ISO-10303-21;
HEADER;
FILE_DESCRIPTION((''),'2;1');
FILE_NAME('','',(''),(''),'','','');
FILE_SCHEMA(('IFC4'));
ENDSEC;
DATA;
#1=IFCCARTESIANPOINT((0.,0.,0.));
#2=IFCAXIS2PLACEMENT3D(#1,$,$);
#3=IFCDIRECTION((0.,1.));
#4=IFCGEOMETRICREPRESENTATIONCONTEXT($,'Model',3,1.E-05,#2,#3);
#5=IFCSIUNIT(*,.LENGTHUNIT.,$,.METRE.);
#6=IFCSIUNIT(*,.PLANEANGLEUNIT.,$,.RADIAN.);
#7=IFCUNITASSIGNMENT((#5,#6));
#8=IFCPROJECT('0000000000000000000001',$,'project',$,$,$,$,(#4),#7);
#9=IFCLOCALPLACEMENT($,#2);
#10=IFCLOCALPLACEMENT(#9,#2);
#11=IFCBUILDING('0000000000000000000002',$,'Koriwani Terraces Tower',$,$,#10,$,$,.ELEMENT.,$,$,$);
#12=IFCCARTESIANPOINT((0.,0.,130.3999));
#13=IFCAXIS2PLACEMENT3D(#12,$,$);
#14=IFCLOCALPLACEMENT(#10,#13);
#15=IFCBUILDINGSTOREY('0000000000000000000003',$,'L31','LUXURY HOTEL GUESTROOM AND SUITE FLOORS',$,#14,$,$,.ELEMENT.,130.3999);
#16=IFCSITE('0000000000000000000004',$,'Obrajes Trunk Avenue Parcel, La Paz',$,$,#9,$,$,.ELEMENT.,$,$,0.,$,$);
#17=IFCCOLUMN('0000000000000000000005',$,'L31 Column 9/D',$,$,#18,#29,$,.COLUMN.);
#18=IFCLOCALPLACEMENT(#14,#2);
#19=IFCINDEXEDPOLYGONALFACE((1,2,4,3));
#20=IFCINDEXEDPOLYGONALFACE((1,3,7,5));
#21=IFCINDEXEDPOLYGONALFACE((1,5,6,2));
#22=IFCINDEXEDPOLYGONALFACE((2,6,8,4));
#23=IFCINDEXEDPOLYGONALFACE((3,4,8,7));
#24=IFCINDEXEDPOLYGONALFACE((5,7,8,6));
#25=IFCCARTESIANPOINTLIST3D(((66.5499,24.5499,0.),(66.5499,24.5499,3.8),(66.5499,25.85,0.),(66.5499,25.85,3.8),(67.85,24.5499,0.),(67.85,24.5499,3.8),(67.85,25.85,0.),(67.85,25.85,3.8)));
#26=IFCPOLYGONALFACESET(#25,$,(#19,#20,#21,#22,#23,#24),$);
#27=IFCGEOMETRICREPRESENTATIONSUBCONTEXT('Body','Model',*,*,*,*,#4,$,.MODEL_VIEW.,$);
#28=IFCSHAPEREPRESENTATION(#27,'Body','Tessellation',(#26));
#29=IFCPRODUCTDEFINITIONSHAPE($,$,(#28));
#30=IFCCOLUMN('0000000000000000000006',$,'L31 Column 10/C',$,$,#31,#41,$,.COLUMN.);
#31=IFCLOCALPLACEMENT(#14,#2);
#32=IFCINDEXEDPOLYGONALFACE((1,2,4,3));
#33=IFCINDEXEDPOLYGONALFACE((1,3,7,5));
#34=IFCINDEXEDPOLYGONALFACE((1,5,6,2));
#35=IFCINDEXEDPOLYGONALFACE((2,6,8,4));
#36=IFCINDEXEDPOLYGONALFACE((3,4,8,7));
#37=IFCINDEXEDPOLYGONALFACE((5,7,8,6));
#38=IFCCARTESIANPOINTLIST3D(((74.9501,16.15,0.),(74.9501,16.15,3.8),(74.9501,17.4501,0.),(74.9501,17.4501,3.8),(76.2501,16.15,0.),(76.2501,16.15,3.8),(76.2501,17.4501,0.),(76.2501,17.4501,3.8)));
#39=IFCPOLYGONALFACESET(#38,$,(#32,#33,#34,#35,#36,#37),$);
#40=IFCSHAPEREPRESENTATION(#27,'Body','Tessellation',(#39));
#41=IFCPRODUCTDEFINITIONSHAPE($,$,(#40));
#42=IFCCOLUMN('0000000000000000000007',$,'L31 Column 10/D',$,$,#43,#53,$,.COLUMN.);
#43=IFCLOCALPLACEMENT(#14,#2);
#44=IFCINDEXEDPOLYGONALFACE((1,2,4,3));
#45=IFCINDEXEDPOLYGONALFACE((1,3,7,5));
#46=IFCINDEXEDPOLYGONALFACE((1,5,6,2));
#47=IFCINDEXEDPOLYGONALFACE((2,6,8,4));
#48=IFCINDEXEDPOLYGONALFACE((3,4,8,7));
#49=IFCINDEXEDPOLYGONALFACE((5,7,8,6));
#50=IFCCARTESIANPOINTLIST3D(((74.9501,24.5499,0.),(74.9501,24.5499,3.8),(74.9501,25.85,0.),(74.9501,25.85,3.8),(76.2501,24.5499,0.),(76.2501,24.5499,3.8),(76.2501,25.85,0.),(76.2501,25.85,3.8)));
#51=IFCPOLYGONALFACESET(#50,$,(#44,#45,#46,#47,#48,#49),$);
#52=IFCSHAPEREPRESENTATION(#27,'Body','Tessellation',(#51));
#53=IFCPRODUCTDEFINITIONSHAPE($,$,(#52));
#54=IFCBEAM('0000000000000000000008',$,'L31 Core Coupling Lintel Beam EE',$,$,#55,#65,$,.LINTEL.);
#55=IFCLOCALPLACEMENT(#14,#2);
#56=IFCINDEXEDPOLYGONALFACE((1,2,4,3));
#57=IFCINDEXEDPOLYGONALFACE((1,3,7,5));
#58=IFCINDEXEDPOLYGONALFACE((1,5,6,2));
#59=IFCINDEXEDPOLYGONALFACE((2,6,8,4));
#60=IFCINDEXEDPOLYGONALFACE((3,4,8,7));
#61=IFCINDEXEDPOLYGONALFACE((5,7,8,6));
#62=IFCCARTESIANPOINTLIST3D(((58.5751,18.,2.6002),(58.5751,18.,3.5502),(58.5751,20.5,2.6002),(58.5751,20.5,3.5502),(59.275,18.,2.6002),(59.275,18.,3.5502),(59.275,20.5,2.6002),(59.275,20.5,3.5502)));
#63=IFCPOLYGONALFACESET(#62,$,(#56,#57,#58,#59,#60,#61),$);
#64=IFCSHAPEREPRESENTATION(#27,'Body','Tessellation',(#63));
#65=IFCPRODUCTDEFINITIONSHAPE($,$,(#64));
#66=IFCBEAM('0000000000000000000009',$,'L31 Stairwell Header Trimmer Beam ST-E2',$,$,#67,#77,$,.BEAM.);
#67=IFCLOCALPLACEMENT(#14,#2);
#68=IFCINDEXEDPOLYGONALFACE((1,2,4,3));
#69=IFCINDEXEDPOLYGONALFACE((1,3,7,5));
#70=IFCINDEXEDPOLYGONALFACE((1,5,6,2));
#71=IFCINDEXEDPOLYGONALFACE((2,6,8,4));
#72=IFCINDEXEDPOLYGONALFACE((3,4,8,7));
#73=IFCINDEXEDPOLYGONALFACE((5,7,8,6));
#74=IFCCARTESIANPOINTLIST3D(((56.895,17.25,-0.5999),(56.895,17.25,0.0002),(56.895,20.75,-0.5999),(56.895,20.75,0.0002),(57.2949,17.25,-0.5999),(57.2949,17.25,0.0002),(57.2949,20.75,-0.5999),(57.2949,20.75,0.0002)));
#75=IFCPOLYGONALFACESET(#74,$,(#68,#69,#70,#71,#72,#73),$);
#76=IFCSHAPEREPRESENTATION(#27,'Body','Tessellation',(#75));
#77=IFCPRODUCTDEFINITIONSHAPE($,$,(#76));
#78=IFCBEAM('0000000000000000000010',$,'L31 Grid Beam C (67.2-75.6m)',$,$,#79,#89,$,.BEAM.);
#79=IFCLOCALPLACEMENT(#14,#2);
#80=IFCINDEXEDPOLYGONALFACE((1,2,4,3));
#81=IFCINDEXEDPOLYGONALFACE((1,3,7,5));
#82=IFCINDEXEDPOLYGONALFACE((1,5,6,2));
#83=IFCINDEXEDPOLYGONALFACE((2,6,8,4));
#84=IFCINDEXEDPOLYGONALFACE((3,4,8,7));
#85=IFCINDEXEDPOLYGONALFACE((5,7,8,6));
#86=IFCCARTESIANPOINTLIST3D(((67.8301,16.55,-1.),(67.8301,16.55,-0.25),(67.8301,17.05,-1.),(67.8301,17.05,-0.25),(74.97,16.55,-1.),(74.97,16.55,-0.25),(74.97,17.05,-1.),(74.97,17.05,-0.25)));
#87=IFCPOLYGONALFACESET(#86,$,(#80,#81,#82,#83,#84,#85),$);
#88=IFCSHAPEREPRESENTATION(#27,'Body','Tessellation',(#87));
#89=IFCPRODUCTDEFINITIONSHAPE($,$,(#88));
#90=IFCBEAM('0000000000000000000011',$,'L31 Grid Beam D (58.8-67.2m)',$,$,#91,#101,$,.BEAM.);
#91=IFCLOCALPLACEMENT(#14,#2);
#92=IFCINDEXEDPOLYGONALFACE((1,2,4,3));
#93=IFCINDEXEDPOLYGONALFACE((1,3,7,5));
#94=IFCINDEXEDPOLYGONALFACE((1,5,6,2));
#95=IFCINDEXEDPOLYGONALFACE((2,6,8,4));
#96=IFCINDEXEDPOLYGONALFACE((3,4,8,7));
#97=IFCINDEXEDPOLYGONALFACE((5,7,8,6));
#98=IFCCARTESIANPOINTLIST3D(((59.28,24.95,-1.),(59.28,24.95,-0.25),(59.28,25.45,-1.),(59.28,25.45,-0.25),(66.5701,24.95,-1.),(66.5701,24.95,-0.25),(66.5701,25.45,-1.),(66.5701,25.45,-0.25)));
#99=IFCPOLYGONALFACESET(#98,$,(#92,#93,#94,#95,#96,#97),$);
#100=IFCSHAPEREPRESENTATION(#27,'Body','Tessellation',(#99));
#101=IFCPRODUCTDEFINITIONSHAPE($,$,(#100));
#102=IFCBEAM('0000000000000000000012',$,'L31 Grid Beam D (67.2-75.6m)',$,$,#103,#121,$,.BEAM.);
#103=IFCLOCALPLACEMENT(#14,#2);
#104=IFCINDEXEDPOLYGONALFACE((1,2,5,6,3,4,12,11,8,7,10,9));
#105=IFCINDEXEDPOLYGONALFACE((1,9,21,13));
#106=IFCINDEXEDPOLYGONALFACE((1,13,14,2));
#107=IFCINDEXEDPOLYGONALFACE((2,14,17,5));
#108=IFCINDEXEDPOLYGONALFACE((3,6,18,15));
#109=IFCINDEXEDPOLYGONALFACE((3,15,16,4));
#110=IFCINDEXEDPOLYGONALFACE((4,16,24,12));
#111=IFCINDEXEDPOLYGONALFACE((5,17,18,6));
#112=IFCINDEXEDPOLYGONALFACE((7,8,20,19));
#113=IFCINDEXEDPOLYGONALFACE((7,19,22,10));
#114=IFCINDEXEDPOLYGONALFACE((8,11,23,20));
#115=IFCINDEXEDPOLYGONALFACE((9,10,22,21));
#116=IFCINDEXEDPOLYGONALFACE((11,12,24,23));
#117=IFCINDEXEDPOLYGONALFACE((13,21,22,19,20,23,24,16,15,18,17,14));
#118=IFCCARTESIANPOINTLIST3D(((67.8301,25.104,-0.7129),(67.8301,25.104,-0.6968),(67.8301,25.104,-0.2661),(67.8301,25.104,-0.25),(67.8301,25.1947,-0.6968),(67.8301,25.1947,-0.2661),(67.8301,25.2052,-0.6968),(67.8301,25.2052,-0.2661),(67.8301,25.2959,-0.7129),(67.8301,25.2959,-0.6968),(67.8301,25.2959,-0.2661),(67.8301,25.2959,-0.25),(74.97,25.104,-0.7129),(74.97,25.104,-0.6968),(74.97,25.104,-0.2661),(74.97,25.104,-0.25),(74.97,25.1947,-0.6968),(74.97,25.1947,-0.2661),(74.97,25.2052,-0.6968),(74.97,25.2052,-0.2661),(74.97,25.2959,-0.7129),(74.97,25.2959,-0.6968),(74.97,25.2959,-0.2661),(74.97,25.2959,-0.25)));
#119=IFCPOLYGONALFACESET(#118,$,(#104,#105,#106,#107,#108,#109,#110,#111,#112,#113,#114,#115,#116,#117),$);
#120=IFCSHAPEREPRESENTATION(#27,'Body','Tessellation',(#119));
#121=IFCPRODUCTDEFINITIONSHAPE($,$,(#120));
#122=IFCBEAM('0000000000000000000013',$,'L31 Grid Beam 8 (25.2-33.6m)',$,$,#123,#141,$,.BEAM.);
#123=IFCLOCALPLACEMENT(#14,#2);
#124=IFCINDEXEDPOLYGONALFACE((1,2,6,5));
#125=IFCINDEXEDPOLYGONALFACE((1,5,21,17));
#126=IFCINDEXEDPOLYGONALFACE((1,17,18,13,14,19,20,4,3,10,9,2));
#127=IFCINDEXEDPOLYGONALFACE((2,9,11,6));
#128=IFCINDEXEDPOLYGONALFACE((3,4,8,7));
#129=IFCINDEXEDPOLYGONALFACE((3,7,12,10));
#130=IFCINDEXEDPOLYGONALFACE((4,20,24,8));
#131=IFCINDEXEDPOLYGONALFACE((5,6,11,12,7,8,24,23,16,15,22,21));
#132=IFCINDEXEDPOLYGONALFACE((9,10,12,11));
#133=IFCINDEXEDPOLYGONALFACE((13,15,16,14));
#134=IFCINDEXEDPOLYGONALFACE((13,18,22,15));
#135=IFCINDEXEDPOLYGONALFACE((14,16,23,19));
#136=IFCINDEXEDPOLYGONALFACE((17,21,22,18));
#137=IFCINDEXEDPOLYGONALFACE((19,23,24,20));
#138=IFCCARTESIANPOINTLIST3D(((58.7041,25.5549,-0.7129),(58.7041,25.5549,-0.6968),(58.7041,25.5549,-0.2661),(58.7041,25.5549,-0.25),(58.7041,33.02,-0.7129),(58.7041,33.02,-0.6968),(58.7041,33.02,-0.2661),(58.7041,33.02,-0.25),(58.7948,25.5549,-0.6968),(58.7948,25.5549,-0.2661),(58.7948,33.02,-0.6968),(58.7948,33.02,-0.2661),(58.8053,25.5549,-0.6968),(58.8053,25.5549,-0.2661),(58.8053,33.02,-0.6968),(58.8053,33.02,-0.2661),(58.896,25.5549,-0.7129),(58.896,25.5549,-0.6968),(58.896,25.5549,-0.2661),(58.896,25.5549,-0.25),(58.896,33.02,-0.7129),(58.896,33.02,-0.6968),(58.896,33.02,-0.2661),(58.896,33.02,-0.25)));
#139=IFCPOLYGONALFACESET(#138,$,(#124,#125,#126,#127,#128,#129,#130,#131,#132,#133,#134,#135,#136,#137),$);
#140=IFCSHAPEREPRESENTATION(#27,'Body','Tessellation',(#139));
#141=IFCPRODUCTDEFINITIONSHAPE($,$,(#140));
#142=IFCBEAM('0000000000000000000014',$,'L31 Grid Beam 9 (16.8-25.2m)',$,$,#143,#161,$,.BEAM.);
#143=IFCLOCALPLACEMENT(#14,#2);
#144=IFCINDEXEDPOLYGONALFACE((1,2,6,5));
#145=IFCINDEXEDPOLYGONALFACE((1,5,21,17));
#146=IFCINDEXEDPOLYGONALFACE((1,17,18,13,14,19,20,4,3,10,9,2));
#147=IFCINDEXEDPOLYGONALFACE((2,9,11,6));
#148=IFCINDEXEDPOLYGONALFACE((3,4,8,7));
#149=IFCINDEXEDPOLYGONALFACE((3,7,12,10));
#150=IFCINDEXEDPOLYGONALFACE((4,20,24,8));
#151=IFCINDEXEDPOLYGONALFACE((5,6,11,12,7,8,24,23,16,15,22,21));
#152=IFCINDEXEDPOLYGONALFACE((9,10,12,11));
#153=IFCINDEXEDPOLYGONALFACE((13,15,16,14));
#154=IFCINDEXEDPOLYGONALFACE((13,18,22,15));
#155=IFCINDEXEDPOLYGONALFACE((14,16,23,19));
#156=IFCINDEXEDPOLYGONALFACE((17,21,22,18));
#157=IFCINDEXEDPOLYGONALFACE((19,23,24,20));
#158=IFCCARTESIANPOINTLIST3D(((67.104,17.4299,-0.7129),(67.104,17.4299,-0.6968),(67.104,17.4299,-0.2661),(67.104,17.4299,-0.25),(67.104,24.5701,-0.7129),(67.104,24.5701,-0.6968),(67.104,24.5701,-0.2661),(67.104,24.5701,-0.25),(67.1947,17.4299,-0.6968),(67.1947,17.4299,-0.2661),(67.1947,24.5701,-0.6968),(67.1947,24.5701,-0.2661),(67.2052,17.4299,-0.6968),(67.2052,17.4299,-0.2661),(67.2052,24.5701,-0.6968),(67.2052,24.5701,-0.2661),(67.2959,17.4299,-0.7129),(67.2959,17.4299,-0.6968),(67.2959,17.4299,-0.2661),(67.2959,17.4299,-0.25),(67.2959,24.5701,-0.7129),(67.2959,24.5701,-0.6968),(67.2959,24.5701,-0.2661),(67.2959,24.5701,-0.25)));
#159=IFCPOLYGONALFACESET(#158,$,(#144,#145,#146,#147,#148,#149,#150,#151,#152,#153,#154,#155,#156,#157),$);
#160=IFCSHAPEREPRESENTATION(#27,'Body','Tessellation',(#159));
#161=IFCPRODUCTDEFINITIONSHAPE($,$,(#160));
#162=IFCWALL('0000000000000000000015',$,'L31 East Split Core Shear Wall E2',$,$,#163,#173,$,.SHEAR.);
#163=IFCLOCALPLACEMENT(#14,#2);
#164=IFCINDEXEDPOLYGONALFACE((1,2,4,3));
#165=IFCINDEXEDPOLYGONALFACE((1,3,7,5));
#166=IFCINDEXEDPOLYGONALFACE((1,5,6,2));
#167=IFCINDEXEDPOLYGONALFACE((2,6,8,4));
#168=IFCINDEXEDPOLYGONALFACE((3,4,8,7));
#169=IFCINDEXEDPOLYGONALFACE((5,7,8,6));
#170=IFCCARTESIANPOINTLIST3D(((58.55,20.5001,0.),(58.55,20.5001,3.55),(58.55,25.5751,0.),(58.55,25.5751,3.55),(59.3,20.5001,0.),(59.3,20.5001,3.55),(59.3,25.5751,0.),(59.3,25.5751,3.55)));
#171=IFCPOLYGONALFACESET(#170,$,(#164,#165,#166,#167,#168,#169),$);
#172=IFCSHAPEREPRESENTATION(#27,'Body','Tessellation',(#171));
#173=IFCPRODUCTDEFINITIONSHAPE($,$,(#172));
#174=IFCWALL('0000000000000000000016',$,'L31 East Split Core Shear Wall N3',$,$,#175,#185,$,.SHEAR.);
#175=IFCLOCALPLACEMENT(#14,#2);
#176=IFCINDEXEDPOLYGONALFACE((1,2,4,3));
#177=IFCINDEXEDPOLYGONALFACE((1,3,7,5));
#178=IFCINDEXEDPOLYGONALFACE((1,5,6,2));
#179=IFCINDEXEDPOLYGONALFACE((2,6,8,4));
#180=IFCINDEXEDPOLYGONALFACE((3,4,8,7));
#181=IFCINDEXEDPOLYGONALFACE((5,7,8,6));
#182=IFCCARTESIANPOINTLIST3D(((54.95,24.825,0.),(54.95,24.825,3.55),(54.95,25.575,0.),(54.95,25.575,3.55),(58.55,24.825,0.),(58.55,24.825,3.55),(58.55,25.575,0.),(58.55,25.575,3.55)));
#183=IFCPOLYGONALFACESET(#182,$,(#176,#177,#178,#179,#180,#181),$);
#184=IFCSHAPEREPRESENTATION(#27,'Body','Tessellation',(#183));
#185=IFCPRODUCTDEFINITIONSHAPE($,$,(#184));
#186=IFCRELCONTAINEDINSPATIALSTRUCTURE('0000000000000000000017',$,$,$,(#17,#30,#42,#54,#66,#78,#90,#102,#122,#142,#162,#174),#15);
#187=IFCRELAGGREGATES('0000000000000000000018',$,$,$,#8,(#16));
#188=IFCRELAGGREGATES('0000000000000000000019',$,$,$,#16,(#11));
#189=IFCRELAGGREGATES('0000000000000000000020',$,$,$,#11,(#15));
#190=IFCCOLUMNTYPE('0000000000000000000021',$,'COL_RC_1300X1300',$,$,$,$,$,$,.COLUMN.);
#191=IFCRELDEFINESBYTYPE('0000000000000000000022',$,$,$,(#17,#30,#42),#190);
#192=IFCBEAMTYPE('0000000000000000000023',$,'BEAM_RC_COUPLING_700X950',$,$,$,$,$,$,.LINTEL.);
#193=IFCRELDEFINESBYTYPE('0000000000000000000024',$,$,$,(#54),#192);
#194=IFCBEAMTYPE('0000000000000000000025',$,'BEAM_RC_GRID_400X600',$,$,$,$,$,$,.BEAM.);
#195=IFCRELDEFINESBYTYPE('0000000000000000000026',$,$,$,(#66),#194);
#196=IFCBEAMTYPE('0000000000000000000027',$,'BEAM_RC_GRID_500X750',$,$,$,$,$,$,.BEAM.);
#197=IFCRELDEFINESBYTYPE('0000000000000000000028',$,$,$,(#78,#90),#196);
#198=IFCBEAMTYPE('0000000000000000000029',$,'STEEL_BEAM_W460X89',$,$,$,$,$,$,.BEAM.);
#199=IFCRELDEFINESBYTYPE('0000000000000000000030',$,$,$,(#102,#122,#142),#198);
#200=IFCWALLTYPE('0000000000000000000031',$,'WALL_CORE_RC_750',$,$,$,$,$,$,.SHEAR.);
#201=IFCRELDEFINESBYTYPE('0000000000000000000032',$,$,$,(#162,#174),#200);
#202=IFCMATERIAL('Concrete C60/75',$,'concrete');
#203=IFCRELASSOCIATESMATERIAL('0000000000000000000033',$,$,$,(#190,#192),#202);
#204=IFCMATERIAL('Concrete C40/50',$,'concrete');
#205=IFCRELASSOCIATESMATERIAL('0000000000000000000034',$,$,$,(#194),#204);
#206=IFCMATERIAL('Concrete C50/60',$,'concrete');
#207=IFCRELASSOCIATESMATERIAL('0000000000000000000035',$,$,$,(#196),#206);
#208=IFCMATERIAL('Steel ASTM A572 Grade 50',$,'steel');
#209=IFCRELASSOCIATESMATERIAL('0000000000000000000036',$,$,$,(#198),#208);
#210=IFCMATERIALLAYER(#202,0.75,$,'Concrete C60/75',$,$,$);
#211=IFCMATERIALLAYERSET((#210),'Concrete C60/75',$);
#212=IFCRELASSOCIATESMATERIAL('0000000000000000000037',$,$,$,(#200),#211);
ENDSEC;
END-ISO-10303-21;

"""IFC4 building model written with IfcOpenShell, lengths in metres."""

from ifc_helpers import new_model, si_unit, direction, frame, frame_2d, origin, origin_2d, place, context, subcontext, project, spatial, rectangle, i_section, extrude, material, layer, layer_set, material_profile, profile_set, type_object, element, save


model = new_model("IFC4")

# Units and contexts
model_context = context("Model", 3, precision=1e-05, world=origin(), true_north=direction((0.0, 1.0)))
body_context = subcontext(model_context, "Body", "Model", "MODEL_VIEW")
ifc_project = project(units=[si_unit("LENGTHUNIT", "METRE"), si_unit("PLANEANGLEUNIT", "RADIAN")], contexts=[model_context])

# Site, building, storey
site_placement = place(None, origin())
site = spatial("IfcSite", under=ifc_project, at=site_placement, Name="Obrajes Trunk Avenue Parcel, La Paz", CompositionType="ELEMENT", RefElevation=0.0)
building_placement = place(site_placement, origin())
building = spatial("IfcBuilding", under=site, at=building_placement, Name="Koriwani Terraces Tower", CompositionType="ELEMENT")
storey_placement = place(building_placement, frame((0.0, 0.0, 130.3999)))
storey = spatial("IfcBuildingStorey", under=building, at=storey_placement, Name="L31", Description="LUXURY HOTEL GUESTROOM AND SUITE FLOORS", CompositionType="ELEMENT", Elevation=130.3999)

# Columns
ifc_material_1 = material(Name="Concrete C60/75", Category="concrete")
ifc_material_profile_1 = material_profile(ifc_material_1, rectangle(XDim=1.3, YDim=1.3, at=origin_2d()), Name="Concrete C60/75", Category="LoadBearing")
ifc_profile_set_1 = profile_set([ifc_material_profile_1], Name="Concrete C60/75")
column_type = type_object("IfcColumnType", Name="COL_RC_1300X1300", PredefinedType="COLUMN", material=ifc_profile_set_1)
for number, where, z_axis, x_axis, name in (
    (1, (67.2, 25.2, 0.0), (0.0, 0.0, 1.0), (1.0, 0.0, 0.0), "L31 Column 9/D"),
    (2, (75.6001, 16.8, 0.0), (0.0, 0.0, 1.0), (1.0, 0.0, 0.0), "L31 Column 10/C"),
    (3, (75.6001, 25.2, 0.0), (0.0, 0.0, 1.0), (1.0, 0.0, 0.0), "L31 Column 10/D"),
):
    element("IfcColumn", number, at=place(storey_placement, frame(where, z_axis=z_axis, x_axis=x_axis)), inside=storey, type_object=column_type, Name=name, PredefinedType="COLUMN", context=body_context, shape_type="SweptSolid", body=[
        extrude(rectangle(XDim=1.3, YDim=1.3, at=origin_2d()), origin(), (0.0, 0.0, 1.0), 3.8),
    ])

# Beams
ifc_material_profile_2 = material_profile(ifc_material_1, rectangle(XDim=0.7, YDim=0.95, at=origin_2d()), Name="Concrete C60/75", Category="LoadBearing")
ifc_profile_set_2 = profile_set([ifc_material_profile_2], Name="Concrete C60/75")
beam_type_1 = type_object("IfcBeamType", Name="BEAM_RC_COUPLING_700X950", PredefinedType="LINTEL", material=ifc_profile_set_2)
beam_1_placement = place(storey_placement, frame((58.925, 18.0, 3.0752), z_axis=(0.0, 1.0, 0.0), x_axis=(-1.0, 0.0, 0.0)))
element("IfcBeam", 4, at=beam_1_placement, inside=storey, type_object=beam_type_1, Name="L31 Core Coupling Lintel Beam EE", PredefinedType="LINTEL", context=body_context, shape_type="SweptSolid", body=[
    extrude(rectangle(XDim=0.7, YDim=0.95, at=origin_2d()), origin(), (0.0, 0.0, 1.0), 2.5),
])
ifc_material_2 = material(Name="Concrete C40/50", Category="concrete")
ifc_material_profile_3 = material_profile(ifc_material_2, rectangle(XDim=0.3999, YDim=0.6001, at=origin_2d()), Name="Concrete C40/50", Category="LoadBearing")
ifc_profile_set_3 = profile_set([ifc_material_profile_3], Name="Concrete C40/50")
beam_type_2 = type_object("IfcBeamType", Name="BEAM_RC_GRID_400X600", PredefinedType="BEAM", material=ifc_profile_set_3)
beam_2_placement = place(storey_placement, frame((57.095, 17.25, -0.2998), z_axis=(0.0, 1.0, 0.0), x_axis=(-1.0, 0.0, 0.0)))
element("IfcBeam", 5, at=beam_2_placement, inside=storey, type_object=beam_type_2, Name="L31 Stairwell Header Trimmer Beam ST-E2", PredefinedType="BEAM", context=body_context, shape_type="SweptSolid", body=[
    extrude(rectangle(XDim=0.3999, YDim=0.6001, at=origin_2d()), origin(), (0.0, 0.0, 1.0), 3.5),
])
ifc_material_3 = material(Name="Concrete C50/60", Category="concrete")
ifc_material_profile_4 = material_profile(ifc_material_3, rectangle(XDim=0.5, YDim=0.75, at=origin_2d()), Name="Concrete C50/60", Category="LoadBearing")
ifc_profile_set_4 = profile_set([ifc_material_profile_4], Name="Concrete C50/60")
beam_type_3 = type_object("IfcBeamType", Name="BEAM_RC_GRID_500X750", PredefinedType="BEAM", material=ifc_profile_set_4)
beam_3_placement = place(storey_placement, frame((67.8301, 16.8, -0.625), z_axis=(1.0, 0.0, 0.0), x_axis=(0.0, 1.0, 0.0)))
element("IfcBeam", 6, at=beam_3_placement, inside=storey, type_object=beam_type_3, Name="L31 Grid Beam C (67.2-75.6m)", PredefinedType="BEAM", context=body_context, shape_type="SweptSolid", body=[
    extrude(rectangle(XDim=0.5, YDim=0.75, at=origin_2d()), origin(), (0.0, 0.0, 1.0), 7.1399),
])
beam_4_placement = place(storey_placement, frame((59.28, 25.2, -0.625), z_axis=(1.0, 0.0, 0.0), x_axis=(0.0, 1.0, 0.0)))
element("IfcBeam", 7, at=beam_4_placement, inside=storey, type_object=beam_type_3, Name="L31 Grid Beam D (58.8-67.2m)", PredefinedType="BEAM", context=body_context, shape_type="SweptSolid", body=[
    extrude(rectangle(XDim=0.5, YDim=0.75, at=origin_2d()), origin(), (0.0, 0.0, 1.0), 7.29),
])
ifc_material_4 = material(Name="Steel ASTM A572 Grade 50", Category="steel")
ifc_material_profile_5 = material_profile(ifc_material_4, i_section(OverallWidth=0.1919, OverallDepth=0.4629, WebThickness=0.0105, FlangeThickness=0.0161, at=origin_2d()), Name="Steel ASTM A572 Grade 50", Category="LoadBearing")
ifc_profile_set_5 = profile_set([ifc_material_profile_5], Name="Steel ASTM A572 Grade 50")
beam_type_4 = type_object("IfcBeamType", Name="STEEL_BEAM_W460X89", PredefinedType="BEAM", material=ifc_profile_set_5)
beam_5_placement = place(storey_placement, frame((67.8301, 25.2, -0.4814), z_axis=(1.0, 0.0, 0.0), x_axis=(0.0, 1.0, 0.0)))
element("IfcBeam", 8, at=beam_5_placement, inside=storey, type_object=beam_type_4, Name="L31 Grid Beam D (67.2-75.6m)", PredefinedType="BEAM", context=body_context, shape_type="SweptSolid", body=[
    extrude(i_section(OverallWidth=0.1919, OverallDepth=0.4629, WebThickness=0.0105, FlangeThickness=0.0161, at=origin_2d()), origin(), (0.0, 0.0, 1.0), 7.1399),
])
beam_6_placement = place(storey_placement, frame((58.8, 25.5549, -0.4814), z_axis=(0.0, 1.0, 0.0), x_axis=(-1.0, 0.0, 0.0)))
element("IfcBeam", 9, at=beam_6_placement, inside=storey, type_object=beam_type_4, Name="L31 Grid Beam 8 (25.2-33.6m)", PredefinedType="BEAM", context=body_context, shape_type="SweptSolid", body=[
    extrude(i_section(OverallWidth=0.1919, OverallDepth=0.4629, WebThickness=0.0105, FlangeThickness=0.0161, at=origin_2d()), origin(), (0.0, 0.0, 1.0), 7.4651),
])
beam_7_placement = place(storey_placement, frame((67.2, 17.4299, -0.4814), z_axis=(0.0, 1.0, 0.0), x_axis=(-1.0, 0.0, 0.0)))
element("IfcBeam", 10, at=beam_7_placement, inside=storey, type_object=beam_type_4, Name="L31 Grid Beam 9 (16.8-25.2m)", PredefinedType="BEAM", context=body_context, shape_type="SweptSolid", body=[
    extrude(i_section(OverallWidth=0.1919, OverallDepth=0.4629, WebThickness=0.0105, FlangeThickness=0.0161, at=origin_2d()), origin(), (0.0, 0.0, 1.0), 7.1401),
])

# Walls
ifc_layer_1 = layer(ifc_material_1, 0.75, Name="Concrete C60/75")
ifc_layer_set_1 = layer_set([ifc_layer_1], Name="Concrete C60/75")
wall_type_1 = type_object("IfcWallType", Name="WALL_CORE_RC_750", PredefinedType="SHEAR", material=ifc_layer_set_1)
wall_1_placement = place(storey_placement, frame((58.925, 20.5, 0.0), z_axis=(0.0, 0.0, 1.0), x_axis=(0.0, 1.0, 0.0)))
element("IfcWall", 11, at=wall_1_placement, inside=storey, type_object=wall_type_1, Name="L31 East Split Core Shear Wall E2", PredefinedType="SHEAR", context=body_context, shape_type="SweptSolid", body=[
    extrude(rectangle(XDim=5.075, YDim=0.75, at=frame_2d((2.5376, 0.0))), origin(), (0.0, 0.0, 1.0), 3.55),
])
wall_2_placement = place(storey_placement, frame((54.95, 25.2, 0.0), z_axis=(0.0, 0.0, 1.0), x_axis=(1.0, 0.0, 0.0)))
element("IfcWall", 12, at=wall_2_placement, inside=storey, type_object=wall_type_1, Name="L31 East Split Core Shear Wall N3", PredefinedType="SHEAR", context=body_context, shape_type="SweptSolid", body=[
    extrude(rectangle(XDim=3.6001, YDim=0.75, at=frame_2d((1.8, 0.0))), origin(), (0.0, 0.0, 1.0), 3.55),
])

save(model, "model.ifc")
